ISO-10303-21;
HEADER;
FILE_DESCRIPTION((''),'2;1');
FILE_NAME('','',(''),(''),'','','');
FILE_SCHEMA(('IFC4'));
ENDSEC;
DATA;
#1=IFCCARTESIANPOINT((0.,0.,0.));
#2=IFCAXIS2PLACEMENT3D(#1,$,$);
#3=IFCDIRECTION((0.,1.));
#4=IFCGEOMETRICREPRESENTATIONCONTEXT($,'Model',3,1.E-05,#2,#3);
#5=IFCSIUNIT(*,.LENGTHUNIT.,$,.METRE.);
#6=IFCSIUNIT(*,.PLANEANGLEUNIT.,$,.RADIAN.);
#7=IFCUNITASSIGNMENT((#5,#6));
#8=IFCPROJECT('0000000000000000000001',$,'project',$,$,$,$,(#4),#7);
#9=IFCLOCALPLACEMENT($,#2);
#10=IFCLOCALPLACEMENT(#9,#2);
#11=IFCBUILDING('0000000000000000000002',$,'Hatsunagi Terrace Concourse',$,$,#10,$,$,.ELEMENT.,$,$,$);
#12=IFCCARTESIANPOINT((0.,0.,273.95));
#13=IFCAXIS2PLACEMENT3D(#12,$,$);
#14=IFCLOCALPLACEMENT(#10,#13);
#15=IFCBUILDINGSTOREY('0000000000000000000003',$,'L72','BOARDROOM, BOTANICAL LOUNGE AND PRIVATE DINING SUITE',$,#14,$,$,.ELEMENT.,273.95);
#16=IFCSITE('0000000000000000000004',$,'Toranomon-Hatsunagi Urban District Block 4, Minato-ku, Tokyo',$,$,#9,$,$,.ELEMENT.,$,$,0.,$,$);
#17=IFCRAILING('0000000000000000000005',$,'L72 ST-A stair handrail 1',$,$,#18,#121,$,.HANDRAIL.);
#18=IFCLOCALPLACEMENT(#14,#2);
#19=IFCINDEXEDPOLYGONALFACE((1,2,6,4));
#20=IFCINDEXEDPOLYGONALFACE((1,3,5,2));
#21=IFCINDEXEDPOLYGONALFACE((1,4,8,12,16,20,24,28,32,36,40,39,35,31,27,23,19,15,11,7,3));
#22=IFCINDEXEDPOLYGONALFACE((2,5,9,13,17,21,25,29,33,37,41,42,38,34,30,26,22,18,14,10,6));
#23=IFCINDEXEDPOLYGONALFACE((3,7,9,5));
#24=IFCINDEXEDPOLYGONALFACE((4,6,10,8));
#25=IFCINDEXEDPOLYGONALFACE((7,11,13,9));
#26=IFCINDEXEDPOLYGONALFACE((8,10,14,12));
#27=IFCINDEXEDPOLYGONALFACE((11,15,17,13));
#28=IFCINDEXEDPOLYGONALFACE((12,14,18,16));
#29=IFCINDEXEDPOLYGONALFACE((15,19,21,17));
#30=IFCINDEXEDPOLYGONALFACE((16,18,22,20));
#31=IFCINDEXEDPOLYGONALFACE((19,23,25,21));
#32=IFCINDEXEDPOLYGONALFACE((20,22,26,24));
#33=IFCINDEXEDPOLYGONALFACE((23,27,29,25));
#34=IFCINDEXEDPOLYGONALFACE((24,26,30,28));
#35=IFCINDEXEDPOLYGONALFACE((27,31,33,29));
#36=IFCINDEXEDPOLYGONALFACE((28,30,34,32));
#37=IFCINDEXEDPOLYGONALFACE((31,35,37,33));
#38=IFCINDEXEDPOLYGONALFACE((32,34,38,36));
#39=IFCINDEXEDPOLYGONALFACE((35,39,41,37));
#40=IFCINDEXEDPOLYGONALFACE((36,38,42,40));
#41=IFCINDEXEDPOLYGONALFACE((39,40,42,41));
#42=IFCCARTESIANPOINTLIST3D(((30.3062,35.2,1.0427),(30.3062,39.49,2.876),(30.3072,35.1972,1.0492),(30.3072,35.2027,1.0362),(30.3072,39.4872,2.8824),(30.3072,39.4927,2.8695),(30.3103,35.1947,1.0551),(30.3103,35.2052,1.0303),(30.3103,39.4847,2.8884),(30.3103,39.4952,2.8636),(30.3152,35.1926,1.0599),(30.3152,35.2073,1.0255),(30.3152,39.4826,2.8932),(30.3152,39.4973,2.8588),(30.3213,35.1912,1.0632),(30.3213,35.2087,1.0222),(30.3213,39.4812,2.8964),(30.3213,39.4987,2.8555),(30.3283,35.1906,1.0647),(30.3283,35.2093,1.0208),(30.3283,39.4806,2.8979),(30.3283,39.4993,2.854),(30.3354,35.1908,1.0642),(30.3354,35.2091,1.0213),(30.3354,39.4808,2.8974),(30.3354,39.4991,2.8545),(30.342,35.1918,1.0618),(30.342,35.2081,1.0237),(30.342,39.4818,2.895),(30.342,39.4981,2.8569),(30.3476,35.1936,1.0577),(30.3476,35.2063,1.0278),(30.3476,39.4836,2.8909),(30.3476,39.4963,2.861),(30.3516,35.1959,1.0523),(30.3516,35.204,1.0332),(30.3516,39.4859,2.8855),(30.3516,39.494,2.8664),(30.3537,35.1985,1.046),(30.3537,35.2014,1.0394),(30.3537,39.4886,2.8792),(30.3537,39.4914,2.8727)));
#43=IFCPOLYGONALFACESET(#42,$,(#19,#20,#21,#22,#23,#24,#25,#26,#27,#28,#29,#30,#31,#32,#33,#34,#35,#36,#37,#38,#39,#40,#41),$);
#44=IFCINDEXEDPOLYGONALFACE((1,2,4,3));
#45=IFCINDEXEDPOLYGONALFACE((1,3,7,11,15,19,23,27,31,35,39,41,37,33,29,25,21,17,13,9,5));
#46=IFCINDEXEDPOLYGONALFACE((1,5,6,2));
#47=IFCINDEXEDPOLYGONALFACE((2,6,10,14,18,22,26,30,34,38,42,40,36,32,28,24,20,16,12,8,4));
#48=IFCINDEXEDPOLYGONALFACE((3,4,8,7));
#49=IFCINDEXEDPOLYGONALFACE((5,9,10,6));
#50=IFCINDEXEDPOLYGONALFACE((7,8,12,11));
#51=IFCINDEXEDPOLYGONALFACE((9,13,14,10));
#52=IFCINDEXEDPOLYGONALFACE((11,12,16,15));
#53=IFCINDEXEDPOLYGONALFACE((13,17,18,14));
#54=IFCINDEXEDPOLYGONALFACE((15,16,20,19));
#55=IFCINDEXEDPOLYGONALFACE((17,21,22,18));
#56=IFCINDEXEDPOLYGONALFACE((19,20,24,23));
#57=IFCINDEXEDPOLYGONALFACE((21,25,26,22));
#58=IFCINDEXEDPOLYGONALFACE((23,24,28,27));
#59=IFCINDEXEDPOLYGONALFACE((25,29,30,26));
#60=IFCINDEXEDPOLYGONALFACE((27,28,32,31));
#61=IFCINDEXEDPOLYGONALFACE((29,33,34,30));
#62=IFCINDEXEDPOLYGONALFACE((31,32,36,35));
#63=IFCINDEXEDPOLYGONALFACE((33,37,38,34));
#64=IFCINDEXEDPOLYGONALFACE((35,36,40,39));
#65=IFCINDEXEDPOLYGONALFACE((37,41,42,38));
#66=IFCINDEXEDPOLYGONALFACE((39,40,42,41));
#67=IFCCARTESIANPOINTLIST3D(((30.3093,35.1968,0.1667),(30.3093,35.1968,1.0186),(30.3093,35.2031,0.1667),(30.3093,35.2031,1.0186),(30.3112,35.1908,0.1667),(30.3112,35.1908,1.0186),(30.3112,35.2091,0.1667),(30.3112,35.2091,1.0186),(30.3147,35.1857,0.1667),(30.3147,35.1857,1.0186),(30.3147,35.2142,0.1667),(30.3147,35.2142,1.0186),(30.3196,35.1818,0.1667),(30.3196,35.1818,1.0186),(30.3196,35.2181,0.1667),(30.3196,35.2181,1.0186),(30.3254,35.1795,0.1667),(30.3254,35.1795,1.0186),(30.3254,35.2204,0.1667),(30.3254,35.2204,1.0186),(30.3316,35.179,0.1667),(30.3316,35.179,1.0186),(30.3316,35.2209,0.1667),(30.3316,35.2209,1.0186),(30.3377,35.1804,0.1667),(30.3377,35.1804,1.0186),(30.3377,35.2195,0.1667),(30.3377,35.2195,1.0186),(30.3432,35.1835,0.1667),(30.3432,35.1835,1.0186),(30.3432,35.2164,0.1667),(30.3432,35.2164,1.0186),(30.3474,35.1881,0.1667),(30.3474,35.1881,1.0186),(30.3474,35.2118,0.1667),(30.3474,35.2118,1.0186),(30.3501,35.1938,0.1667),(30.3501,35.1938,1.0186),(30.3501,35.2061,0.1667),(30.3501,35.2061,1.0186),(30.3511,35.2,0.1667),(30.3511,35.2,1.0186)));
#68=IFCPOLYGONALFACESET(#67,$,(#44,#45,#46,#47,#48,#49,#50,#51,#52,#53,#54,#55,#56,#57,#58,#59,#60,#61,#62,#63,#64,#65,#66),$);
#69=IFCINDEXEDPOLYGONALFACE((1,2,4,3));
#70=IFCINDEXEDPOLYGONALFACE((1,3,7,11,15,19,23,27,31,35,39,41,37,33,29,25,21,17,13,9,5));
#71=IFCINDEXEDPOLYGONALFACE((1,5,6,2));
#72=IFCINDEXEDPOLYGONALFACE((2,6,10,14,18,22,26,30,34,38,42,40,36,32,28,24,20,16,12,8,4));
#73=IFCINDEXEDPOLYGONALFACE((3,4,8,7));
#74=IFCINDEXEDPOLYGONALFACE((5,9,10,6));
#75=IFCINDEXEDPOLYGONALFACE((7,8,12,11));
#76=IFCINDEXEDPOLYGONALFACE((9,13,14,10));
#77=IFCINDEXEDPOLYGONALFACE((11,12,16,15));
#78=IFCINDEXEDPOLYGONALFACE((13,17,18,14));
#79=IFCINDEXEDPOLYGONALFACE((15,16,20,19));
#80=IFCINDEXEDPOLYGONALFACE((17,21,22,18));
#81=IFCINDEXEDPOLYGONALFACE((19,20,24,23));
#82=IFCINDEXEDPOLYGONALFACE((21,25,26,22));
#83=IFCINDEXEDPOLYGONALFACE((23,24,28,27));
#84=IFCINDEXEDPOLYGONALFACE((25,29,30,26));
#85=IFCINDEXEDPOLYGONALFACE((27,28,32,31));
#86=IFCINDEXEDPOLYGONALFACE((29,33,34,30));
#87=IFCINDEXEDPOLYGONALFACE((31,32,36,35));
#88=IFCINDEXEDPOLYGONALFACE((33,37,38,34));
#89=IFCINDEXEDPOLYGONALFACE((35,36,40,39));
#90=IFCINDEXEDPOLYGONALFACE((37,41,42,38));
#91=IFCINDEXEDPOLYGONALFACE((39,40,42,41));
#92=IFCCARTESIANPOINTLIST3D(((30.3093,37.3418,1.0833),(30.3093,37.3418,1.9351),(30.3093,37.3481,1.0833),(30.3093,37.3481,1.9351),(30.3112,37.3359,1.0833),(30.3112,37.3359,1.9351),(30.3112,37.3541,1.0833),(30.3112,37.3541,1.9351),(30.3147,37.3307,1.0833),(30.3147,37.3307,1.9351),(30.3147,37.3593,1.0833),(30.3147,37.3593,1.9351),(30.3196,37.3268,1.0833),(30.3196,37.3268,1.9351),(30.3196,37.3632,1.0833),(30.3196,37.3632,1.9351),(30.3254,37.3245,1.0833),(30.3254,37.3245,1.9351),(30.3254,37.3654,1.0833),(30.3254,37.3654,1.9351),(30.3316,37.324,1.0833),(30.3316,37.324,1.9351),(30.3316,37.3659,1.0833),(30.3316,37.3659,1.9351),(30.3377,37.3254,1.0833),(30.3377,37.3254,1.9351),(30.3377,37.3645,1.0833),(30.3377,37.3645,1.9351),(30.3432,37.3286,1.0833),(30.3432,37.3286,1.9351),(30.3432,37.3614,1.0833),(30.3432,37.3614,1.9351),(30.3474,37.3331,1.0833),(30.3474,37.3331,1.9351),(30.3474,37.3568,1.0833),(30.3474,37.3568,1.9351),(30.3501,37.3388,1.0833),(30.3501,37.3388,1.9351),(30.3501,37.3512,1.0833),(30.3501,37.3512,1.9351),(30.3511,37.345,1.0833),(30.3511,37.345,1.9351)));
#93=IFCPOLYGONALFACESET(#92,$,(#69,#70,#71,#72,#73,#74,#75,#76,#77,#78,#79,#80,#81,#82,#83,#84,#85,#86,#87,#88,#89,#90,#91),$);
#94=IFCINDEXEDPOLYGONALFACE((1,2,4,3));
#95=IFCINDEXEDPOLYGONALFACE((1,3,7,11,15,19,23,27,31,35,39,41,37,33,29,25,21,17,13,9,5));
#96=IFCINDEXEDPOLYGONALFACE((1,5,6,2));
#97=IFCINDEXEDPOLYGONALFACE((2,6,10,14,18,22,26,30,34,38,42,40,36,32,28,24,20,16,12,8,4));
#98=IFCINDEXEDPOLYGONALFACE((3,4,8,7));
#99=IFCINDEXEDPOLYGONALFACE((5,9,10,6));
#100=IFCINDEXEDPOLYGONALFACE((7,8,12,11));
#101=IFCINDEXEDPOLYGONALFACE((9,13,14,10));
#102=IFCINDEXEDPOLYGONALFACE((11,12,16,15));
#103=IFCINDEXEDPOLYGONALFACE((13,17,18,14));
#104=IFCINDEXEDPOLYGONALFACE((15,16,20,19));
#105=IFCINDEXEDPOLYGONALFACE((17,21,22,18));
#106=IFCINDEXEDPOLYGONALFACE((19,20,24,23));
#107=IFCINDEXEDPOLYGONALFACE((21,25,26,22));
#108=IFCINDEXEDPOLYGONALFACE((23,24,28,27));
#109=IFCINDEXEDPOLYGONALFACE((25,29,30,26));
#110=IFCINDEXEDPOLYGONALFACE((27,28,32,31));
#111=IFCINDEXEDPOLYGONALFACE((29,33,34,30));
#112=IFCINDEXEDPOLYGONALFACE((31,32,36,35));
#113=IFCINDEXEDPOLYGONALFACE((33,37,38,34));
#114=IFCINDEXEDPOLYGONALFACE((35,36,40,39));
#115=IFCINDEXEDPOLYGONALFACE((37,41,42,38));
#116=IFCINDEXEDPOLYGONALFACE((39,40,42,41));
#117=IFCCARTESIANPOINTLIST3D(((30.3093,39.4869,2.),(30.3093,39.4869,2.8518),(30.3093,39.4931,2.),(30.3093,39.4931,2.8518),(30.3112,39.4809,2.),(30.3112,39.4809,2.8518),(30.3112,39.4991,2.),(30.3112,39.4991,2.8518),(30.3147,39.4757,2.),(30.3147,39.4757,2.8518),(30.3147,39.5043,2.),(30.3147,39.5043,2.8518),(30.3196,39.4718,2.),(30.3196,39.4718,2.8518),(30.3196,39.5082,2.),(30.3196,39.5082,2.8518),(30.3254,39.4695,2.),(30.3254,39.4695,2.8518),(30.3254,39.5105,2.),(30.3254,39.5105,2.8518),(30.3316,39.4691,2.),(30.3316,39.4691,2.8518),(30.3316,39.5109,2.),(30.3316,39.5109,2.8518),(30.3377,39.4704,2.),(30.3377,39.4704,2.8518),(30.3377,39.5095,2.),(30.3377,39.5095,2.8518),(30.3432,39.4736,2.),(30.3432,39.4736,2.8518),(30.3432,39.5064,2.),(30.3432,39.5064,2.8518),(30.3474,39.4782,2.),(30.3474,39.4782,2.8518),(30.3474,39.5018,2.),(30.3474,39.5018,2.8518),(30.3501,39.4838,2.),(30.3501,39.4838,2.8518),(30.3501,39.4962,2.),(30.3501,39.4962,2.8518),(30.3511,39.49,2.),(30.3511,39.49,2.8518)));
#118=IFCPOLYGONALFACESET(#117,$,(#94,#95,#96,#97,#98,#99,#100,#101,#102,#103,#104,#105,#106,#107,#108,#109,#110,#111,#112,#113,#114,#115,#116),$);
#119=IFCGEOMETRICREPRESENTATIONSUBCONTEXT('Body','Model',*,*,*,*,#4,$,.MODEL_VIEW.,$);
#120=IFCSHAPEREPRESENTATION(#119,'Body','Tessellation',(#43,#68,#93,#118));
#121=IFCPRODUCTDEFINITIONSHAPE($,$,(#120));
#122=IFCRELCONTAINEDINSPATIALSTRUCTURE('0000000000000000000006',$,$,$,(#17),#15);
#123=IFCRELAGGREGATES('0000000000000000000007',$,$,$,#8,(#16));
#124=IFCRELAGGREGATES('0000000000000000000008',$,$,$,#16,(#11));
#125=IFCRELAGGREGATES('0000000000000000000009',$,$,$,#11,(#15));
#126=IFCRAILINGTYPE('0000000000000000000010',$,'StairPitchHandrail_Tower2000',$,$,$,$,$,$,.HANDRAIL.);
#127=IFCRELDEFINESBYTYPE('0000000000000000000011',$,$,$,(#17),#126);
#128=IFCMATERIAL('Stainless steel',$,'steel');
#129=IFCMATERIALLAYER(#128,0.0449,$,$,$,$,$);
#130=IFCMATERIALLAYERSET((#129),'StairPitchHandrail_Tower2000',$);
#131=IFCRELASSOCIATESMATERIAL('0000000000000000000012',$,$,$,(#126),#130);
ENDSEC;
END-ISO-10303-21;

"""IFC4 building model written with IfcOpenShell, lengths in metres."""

from ifc_helpers import new_model, si_unit, direction, frame, origin, origin_2d, place, context, subcontext, project, spatial, circle, extrude, material, layer, layer_set, type_object, element, save


model = new_model("IFC4")

# Units and contexts
model_context = context("Model", 3, precision=1e-05, world=origin(), true_north=direction((0.0, 1.0)))
body_context = subcontext(model_context, "Body", "Model", "MODEL_VIEW")
ifc_project = project(units=[si_unit("LENGTHUNIT", "METRE"), si_unit("PLANEANGLEUNIT", "RADIAN")], contexts=[model_context])

# Site, building, storey
site_placement = place(None, origin())
site = spatial("IfcSite", under=ifc_project, at=site_placement, Name="Toranomon-Hatsunagi Urban District Block 4, Minato-ku, Tokyo", CompositionType="ELEMENT", RefElevation=0.0)
building_placement = place(site_placement, origin())
building = spatial("IfcBuilding", under=site, at=building_placement, Name="Hatsunagi Terrace Concourse", CompositionType="ELEMENT")
storey_placement = place(building_placement, frame((0.0, 0.0, 273.95)))
storey = spatial("IfcBuildingStorey", under=building, at=storey_placement, Name="L72", Description="BOARDROOM, BOTANICAL LOUNGE AND PRIVATE DINING SUITE", CompositionType="ELEMENT", Elevation=273.95)

# Railing
ifc_material_1 = material(Name="Stainless steel", Category="steel")
ifc_layer_1 = layer(ifc_material_1, 0.0449)
ifc_layer_set_1 = layer_set([ifc_layer_1], Name="StairPitchHandrail_Tower2000")
railing_type_1 = type_object("IfcRailingType", Name="StairPitchHandrail_Tower2000", PredefinedType="HANDRAIL", material=ifc_layer_set_1)
railing_1_placement = place(storey_placement, frame((30.3301, 35.2, 0.1667)))
element("IfcRailing", 1, at=railing_1_placement, inside=storey, type_object=railing_type_1, Name="L72 ST-A stair handrail 1", PredefinedType="HANDRAIL", context=body_context, shape_type="SweptSolid", body=[
    extrude(circle(Radius=0.0239, at=origin_2d()), frame((0.0, 0.0, 0.876), z_axis=(0.0, 0.919559, 0.392953), x_axis=(-1.0, 0.0, 0.0)), (0.0, 0.0, 1.0), 4.6653),
    extrude(circle(Radius=0.021, at=origin_2d()), origin(), (0.0, 0.0, 1.0), 0.8518),
    extrude(circle(Radius=0.021, at=origin_2d()), frame((0.0, 2.145, 0.9165)), (0.0, 0.0, 1.0), 0.8518),
    extrude(circle(Radius=0.021, at=origin_2d()), frame((0.0, 4.29, 1.8333)), (0.0, 0.0, 1.0), 0.8518),
])

save(model, "model.ifc")
